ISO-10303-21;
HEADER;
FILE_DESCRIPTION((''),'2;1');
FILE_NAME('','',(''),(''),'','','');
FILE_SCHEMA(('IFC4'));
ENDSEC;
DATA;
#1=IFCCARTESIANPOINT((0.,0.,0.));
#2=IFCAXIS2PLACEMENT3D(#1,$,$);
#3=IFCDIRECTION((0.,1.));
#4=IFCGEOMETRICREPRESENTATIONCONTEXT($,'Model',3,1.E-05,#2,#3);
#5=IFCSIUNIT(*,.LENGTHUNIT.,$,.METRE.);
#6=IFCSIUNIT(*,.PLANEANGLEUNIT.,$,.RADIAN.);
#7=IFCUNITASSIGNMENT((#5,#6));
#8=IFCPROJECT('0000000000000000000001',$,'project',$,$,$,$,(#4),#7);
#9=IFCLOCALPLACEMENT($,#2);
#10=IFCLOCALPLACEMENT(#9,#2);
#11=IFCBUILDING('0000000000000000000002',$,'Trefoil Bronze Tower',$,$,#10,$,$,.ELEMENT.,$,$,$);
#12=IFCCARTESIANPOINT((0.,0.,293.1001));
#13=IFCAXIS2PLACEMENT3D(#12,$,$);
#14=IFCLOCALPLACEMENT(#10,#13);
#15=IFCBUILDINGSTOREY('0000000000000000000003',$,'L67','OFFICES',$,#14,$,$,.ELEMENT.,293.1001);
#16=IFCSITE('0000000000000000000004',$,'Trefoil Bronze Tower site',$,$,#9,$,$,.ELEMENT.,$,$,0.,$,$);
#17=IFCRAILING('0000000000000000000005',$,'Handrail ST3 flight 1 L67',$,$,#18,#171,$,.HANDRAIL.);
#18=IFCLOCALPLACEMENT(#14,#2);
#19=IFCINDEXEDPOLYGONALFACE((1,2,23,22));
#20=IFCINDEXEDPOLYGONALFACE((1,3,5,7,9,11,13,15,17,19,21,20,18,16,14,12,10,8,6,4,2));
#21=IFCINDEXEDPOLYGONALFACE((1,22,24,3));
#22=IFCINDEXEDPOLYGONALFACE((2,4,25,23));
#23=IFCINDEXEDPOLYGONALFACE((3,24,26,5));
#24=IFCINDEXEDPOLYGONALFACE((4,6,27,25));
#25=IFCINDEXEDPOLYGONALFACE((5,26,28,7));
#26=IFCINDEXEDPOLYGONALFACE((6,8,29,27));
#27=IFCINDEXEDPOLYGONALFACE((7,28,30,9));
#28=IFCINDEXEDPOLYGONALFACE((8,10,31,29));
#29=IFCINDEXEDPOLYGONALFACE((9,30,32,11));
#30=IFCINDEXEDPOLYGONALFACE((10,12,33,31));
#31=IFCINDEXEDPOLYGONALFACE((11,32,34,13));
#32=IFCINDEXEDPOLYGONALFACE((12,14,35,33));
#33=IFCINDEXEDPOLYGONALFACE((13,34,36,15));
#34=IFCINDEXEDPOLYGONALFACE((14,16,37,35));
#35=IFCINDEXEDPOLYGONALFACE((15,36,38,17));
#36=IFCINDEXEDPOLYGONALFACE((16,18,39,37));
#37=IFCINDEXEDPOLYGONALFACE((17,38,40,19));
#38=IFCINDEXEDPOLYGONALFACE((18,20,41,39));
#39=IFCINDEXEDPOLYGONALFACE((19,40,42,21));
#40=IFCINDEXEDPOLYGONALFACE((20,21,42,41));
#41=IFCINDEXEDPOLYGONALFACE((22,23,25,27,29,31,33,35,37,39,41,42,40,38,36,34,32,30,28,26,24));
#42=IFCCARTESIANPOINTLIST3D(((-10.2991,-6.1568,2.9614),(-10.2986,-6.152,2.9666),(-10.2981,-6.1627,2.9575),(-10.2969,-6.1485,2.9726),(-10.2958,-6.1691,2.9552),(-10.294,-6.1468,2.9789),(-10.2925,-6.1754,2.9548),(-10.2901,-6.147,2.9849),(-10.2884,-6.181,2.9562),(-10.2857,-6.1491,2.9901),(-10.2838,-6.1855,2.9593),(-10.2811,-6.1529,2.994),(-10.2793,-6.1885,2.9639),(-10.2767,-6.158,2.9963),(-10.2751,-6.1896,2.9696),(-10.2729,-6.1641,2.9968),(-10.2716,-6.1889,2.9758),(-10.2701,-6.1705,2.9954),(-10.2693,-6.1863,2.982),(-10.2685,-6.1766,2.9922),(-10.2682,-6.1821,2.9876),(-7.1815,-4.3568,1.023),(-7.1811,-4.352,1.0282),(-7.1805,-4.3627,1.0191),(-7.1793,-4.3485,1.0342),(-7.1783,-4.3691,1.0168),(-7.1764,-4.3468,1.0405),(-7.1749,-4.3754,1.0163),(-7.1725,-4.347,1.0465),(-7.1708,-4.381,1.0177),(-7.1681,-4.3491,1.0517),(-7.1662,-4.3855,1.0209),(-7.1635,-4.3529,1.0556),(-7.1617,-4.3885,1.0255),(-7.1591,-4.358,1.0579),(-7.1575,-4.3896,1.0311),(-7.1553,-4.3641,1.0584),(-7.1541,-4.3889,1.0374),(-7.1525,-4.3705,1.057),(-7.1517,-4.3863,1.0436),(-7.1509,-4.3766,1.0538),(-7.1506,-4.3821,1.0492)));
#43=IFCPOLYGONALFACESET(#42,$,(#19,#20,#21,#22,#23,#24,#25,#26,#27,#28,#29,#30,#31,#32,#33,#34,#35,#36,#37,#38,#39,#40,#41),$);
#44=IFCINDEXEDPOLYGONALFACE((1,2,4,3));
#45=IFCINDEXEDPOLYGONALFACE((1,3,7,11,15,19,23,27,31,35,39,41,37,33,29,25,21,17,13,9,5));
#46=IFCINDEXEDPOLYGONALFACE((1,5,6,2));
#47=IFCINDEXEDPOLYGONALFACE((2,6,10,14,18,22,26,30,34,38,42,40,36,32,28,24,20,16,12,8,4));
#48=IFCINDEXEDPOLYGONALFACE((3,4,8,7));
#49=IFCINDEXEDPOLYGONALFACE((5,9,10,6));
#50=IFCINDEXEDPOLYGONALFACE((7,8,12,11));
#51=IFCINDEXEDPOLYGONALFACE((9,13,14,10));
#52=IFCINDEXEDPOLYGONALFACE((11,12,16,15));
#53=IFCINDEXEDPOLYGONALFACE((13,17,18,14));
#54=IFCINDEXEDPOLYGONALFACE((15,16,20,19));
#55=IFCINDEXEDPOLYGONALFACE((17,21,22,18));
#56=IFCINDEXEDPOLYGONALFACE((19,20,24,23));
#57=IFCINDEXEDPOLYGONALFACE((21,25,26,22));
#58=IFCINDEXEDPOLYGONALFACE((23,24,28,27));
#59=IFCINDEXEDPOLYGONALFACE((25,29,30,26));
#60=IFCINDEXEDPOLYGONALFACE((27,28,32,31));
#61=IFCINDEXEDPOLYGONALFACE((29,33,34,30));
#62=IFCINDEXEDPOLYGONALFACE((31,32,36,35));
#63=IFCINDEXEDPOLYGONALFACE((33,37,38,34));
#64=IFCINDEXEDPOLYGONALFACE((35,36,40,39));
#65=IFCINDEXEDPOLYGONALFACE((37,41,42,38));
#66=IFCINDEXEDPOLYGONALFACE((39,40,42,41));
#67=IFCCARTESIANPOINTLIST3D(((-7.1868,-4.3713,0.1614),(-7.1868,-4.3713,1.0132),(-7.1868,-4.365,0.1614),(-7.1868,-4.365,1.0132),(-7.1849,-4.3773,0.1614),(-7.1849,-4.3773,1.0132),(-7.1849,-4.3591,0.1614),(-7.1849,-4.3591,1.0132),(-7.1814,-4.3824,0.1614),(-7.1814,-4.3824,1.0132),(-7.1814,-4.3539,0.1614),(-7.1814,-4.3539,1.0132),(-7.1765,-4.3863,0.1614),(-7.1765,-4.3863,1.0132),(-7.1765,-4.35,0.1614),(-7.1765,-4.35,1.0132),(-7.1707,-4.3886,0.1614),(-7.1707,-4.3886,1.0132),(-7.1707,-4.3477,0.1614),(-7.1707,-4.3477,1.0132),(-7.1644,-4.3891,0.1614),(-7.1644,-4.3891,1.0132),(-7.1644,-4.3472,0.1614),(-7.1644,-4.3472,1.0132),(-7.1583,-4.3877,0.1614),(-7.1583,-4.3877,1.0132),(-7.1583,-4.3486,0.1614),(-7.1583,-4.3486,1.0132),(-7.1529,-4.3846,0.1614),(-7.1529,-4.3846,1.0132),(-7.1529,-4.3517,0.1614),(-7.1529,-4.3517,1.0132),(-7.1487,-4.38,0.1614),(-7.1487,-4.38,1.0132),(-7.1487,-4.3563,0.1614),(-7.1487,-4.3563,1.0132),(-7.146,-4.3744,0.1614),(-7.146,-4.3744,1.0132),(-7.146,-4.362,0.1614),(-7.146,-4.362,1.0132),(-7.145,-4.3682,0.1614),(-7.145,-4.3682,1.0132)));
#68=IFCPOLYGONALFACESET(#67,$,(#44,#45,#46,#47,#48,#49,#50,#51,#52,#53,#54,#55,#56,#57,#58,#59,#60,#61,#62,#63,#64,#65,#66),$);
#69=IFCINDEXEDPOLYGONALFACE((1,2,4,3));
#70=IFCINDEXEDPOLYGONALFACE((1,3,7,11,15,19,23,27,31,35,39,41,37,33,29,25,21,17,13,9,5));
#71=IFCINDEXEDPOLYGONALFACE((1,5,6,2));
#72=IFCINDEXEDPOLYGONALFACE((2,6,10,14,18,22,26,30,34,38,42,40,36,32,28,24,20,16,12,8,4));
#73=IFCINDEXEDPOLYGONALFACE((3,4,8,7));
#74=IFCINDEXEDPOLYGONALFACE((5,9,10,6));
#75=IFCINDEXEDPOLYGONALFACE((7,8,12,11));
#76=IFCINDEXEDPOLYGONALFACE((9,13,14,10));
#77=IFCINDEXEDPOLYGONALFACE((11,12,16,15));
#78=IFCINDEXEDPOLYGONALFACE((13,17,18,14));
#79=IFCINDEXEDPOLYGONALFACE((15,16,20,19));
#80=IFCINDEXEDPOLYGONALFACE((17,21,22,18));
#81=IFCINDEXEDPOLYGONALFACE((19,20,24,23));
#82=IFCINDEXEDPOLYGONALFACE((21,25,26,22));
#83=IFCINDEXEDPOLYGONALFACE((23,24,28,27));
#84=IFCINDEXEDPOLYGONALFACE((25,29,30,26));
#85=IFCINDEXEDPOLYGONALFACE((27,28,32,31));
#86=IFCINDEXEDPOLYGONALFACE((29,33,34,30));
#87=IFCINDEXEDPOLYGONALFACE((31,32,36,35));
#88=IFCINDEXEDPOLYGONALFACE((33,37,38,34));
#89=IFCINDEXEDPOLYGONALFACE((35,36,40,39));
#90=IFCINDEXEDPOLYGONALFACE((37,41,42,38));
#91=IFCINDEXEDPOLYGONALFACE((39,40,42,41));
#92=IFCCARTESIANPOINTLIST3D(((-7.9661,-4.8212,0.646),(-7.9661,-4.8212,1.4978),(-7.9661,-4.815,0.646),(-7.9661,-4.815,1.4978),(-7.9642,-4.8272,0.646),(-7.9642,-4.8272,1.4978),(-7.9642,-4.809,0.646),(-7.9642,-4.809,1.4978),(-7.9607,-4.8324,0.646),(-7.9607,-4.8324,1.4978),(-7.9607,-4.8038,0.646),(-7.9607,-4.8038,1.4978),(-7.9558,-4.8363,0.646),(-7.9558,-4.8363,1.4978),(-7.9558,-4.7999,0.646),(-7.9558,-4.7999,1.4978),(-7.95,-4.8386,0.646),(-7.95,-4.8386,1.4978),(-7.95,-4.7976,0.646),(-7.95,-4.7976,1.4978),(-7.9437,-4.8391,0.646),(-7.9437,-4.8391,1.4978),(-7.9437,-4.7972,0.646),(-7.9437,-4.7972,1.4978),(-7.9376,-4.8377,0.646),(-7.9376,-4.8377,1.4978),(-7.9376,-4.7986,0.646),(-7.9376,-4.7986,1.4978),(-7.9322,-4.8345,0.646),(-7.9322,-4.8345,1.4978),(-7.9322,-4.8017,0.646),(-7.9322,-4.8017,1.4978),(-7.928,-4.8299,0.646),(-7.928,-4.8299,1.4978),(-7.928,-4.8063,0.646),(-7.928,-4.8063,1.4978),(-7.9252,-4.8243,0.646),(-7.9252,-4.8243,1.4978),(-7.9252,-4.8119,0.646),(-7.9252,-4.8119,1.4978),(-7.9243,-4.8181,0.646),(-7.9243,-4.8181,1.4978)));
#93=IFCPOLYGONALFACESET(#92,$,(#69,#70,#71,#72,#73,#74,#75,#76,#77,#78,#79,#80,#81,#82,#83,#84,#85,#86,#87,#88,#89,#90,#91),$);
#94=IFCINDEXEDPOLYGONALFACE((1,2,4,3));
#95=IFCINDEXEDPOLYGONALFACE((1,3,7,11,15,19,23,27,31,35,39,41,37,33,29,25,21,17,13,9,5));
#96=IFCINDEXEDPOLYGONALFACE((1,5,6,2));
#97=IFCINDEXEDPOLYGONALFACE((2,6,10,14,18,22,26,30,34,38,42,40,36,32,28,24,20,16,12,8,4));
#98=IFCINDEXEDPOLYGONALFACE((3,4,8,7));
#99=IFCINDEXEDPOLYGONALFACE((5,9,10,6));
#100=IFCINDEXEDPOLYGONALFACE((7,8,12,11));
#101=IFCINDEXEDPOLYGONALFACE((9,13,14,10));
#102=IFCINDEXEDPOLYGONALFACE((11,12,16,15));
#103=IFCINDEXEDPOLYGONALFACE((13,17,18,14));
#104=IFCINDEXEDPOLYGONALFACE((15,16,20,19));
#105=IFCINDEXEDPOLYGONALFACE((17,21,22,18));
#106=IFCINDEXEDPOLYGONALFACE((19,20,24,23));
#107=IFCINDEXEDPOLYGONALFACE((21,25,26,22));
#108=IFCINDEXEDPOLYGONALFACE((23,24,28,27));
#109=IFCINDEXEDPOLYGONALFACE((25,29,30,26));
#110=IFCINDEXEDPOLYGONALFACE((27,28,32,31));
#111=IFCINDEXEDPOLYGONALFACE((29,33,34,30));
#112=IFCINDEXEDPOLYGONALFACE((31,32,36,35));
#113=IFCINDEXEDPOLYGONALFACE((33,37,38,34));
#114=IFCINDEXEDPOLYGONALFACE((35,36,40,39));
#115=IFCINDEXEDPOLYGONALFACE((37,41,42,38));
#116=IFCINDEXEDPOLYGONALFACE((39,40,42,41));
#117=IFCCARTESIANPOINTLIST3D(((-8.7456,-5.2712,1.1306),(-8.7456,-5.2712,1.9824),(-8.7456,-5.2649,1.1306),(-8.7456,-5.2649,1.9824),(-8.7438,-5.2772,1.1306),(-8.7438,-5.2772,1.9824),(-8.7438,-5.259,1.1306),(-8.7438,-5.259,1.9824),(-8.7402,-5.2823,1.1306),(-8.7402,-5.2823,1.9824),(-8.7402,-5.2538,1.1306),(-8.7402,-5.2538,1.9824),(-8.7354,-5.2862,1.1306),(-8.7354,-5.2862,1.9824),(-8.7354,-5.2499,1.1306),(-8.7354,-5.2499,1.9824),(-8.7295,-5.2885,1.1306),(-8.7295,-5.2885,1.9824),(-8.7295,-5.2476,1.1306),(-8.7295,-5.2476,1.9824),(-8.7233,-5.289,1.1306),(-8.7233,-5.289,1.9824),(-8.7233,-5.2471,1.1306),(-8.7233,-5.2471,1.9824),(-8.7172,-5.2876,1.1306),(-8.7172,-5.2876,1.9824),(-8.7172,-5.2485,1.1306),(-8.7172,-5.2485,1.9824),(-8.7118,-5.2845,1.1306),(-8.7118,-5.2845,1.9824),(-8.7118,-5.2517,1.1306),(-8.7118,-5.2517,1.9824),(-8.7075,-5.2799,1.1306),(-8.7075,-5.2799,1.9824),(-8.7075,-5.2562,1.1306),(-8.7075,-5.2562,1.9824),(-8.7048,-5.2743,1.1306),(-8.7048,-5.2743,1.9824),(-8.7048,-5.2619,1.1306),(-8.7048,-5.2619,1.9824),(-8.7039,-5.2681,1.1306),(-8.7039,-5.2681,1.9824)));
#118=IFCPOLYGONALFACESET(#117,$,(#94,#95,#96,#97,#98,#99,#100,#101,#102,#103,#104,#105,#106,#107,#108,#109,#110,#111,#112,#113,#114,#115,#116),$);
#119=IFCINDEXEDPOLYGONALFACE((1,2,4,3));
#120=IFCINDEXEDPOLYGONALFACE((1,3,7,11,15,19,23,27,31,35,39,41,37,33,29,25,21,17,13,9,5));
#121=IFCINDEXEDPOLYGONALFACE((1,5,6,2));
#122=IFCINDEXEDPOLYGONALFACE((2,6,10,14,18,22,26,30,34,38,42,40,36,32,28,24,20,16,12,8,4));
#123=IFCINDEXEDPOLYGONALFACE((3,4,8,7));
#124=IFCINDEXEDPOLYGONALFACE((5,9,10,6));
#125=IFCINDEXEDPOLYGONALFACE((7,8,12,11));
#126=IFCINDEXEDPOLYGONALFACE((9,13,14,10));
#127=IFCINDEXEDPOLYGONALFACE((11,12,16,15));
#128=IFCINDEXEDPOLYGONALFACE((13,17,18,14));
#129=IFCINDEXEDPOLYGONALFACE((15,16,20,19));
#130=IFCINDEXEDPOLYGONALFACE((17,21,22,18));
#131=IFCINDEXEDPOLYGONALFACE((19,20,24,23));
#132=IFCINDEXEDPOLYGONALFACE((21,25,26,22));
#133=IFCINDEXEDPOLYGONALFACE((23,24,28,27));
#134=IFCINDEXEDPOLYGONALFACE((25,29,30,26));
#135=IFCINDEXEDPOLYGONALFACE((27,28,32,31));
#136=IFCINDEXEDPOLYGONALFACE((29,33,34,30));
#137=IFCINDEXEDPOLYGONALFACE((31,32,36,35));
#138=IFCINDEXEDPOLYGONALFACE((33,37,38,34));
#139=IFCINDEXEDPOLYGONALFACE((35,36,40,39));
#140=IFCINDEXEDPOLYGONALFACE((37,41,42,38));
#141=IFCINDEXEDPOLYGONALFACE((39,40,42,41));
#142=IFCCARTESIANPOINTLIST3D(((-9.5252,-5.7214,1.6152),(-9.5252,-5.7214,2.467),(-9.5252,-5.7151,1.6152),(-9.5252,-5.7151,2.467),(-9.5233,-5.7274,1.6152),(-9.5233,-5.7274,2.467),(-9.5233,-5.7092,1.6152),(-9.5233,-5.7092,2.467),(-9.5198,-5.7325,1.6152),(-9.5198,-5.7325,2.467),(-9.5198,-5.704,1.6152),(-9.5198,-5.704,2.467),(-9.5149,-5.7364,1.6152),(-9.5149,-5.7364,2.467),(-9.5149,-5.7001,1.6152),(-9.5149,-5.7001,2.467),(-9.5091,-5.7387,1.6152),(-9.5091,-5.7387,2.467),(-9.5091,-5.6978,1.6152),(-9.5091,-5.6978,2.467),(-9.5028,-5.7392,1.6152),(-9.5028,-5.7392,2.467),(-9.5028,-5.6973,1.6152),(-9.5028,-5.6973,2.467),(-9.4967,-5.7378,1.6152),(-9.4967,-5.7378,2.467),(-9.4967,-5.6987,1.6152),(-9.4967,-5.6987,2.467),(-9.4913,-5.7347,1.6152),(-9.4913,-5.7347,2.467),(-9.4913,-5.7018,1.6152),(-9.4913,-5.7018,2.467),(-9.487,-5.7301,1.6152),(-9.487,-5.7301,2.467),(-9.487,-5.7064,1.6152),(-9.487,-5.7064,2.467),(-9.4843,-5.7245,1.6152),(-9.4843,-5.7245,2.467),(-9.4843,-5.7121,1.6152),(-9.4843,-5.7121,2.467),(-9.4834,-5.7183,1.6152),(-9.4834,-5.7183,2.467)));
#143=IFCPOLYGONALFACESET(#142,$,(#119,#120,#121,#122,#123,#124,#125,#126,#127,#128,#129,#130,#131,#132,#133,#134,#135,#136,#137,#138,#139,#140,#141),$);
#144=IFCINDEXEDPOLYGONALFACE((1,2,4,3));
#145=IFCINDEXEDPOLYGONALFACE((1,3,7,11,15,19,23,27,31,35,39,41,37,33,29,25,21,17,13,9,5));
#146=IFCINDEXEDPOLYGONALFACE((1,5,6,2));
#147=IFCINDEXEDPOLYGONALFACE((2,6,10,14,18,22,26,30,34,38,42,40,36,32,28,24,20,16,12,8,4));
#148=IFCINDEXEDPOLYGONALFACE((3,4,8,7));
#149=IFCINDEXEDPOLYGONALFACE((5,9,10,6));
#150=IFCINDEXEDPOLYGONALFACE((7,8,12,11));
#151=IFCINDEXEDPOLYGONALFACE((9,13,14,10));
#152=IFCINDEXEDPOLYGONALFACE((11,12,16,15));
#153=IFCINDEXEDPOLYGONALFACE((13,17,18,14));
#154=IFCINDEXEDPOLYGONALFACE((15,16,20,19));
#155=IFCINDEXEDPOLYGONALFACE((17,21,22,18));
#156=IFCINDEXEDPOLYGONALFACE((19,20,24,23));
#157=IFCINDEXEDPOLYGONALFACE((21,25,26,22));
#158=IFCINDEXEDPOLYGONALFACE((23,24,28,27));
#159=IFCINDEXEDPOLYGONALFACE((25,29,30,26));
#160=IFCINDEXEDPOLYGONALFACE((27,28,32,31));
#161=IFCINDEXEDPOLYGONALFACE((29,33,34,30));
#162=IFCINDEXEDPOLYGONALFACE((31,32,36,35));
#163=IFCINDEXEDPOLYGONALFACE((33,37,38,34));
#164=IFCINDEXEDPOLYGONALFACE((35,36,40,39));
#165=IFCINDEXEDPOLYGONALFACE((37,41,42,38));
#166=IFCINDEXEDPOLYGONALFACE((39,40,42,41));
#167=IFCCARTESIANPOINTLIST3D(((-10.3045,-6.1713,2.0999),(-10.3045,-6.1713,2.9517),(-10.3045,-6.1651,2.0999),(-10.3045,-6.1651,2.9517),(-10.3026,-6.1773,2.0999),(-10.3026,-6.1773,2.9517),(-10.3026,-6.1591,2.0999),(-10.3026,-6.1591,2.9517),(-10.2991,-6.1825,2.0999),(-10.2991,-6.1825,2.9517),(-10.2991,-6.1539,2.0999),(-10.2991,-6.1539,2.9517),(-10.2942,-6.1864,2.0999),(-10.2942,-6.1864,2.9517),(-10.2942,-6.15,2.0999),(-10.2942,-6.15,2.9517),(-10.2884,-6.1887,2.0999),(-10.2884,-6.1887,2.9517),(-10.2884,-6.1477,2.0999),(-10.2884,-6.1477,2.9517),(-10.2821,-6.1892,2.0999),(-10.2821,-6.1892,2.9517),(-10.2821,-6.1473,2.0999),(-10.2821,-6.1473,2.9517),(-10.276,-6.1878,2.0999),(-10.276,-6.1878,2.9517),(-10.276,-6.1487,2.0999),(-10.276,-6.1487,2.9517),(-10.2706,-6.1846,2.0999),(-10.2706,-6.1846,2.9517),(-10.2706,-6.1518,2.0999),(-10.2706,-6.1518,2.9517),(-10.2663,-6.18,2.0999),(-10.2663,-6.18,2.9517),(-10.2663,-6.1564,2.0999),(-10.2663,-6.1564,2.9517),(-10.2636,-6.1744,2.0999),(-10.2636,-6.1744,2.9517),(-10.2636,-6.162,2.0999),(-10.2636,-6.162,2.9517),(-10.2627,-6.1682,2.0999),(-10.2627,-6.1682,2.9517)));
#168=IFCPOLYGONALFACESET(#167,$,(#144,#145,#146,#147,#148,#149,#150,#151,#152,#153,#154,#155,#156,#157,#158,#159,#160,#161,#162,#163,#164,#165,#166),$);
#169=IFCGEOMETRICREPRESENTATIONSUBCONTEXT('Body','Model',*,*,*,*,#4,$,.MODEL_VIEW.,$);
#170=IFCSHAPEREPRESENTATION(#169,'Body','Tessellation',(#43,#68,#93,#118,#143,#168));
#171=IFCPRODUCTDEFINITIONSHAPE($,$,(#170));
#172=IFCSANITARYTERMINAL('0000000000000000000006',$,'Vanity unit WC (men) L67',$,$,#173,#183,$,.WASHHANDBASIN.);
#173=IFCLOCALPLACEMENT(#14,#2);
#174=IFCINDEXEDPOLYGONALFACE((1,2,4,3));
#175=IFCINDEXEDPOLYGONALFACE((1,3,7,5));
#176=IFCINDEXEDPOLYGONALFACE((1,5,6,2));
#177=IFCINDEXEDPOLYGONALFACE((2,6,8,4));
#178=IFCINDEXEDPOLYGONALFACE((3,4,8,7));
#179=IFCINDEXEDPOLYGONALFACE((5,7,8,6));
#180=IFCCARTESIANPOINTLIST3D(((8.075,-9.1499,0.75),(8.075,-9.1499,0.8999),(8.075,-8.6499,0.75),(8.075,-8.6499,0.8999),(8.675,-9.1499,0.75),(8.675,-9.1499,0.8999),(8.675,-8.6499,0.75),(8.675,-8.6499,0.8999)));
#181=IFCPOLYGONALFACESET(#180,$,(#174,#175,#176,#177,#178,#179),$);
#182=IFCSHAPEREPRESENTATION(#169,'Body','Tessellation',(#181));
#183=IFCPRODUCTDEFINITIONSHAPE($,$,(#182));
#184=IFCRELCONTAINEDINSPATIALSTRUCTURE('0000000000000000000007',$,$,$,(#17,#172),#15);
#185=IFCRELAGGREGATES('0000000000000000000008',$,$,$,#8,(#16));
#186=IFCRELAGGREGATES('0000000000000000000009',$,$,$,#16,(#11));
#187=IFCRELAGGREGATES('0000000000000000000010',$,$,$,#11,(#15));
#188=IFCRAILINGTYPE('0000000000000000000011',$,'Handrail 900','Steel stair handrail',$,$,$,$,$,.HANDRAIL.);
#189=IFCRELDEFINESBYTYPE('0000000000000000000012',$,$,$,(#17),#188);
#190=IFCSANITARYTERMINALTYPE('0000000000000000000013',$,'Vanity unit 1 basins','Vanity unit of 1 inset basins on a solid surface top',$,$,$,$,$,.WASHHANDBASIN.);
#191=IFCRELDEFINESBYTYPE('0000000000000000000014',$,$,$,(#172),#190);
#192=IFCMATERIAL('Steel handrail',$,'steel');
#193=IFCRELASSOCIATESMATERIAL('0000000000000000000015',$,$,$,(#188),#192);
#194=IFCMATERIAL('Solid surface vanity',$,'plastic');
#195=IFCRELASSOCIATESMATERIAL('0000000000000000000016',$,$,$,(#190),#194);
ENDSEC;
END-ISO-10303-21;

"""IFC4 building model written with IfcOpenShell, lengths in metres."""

from ifc_helpers import new_model, si_unit, direction, frame, origin, origin_2d, place, context, subcontext, project, spatial, polyline, circle, outline, extrude, material, type_object, element, save


model = new_model("IFC4")

# Units and contexts
model_context = context("Model", 3, precision=1e-05, world=origin(), true_north=direction((0.0, 1.0)))
body_context = subcontext(model_context, "Body", "Model", "MODEL_VIEW")
ifc_project = project(units=[si_unit("LENGTHUNIT", "METRE"), si_unit("PLANEANGLEUNIT", "RADIAN")], contexts=[model_context])

# Site, building, storey
site_placement = place(None, origin())
site = spatial("IfcSite", under=ifc_project, at=site_placement, Name="Trefoil Bronze Tower site", CompositionType="ELEMENT", RefElevation=0.0)
building_placement = place(site_placement, origin())
building = spatial("IfcBuilding", under=site, at=building_placement, Name="Trefoil Bronze Tower", CompositionType="ELEMENT")
storey_placement = place(building_placement, frame((0.0, 0.0, 293.1001)))
storey = spatial("IfcBuildingStorey", under=building, at=storey_placement, Name="L67", Description="OFFICES", CompositionType="ELEMENT", Elevation=293.1001)

# Railing
ifc_material_1 = material(Name="Steel handrail", Category="steel")
railing_type = type_object("IfcRailingType", Name="Handrail 900", Description="Steel stair handrail", PredefinedType="HANDRAIL", material=ifc_material_1)
railing_placement = place(storey_placement, frame((-7.166, -4.3682, 0.1614)))
element("IfcRailing", 1, at=railing_placement, inside=storey, type_object=railing_type, Name="Handrail ST3 flight 1 L67", PredefinedType="HANDRAIL", context=body_context, shape_type="SweptSolid", body=[
    extrude(circle(Radius=0.0239, at=origin_2d()), frame((0.0, 0.0, 0.876), z_axis=(-0.762503, -0.440246, 0.474102), x_axis=(0.500012, -0.866018, 0.0)), (0.0, 0.0, 1.0), 4.0886),
    extrude(circle(Radius=0.021, at=origin_2d()), origin(), (0.0, 0.0, 1.0), 0.8518),
    extrude(circle(Radius=0.021, at=origin_2d()), frame((-0.7793, -0.45, 0.4846)), (0.0, 0.0, 1.0), 0.8518),
    extrude(circle(Radius=0.021, at=origin_2d()), frame((-1.5588, -0.8999, 0.9692)), (0.0, 0.0, 1.0), 0.8518),
    extrude(circle(Radius=0.021, at=origin_2d()), frame((-2.3384, -1.3501, 1.4539)), (0.0, 0.0, 1.0), 0.8518),
    extrude(circle(Radius=0.021, at=origin_2d()), frame((-3.1177, -1.8, 1.9385)), (0.0, 0.0, 1.0), 0.8518),
])

# Sanitary terminal
ifc_material_2 = material(Name="Solid surface vanity", Category="plastic")
sanitary_terminal_type = type_object("IfcSanitaryTerminalType", Name="Vanity unit 1 basins", Description="Vanity unit of 1 inset basins on a solid surface top", PredefinedType="WASHHANDBASIN", material=ifc_material_2)
sanitary_terminal_placement = place(storey_placement, frame((0.0, 0.0, 0.75)))
element("IfcSanitaryTerminal", 2, at=sanitary_terminal_placement, inside=storey, type_object=sanitary_terminal_type, Name="Vanity unit WC (men) L67", PredefinedType="WASHHANDBASIN", context=body_context, shape_type="SweptSolid", body=[
    extrude(outline(polyline([(8.075, -8.6499), (8.675, -8.6499), (8.675, -9.1499), (8.075, -9.1499), (8.075, -8.6499)])), origin(), (0.0, 0.0, 1.0), 0.1499),
])

save(model, "model.ifc")
